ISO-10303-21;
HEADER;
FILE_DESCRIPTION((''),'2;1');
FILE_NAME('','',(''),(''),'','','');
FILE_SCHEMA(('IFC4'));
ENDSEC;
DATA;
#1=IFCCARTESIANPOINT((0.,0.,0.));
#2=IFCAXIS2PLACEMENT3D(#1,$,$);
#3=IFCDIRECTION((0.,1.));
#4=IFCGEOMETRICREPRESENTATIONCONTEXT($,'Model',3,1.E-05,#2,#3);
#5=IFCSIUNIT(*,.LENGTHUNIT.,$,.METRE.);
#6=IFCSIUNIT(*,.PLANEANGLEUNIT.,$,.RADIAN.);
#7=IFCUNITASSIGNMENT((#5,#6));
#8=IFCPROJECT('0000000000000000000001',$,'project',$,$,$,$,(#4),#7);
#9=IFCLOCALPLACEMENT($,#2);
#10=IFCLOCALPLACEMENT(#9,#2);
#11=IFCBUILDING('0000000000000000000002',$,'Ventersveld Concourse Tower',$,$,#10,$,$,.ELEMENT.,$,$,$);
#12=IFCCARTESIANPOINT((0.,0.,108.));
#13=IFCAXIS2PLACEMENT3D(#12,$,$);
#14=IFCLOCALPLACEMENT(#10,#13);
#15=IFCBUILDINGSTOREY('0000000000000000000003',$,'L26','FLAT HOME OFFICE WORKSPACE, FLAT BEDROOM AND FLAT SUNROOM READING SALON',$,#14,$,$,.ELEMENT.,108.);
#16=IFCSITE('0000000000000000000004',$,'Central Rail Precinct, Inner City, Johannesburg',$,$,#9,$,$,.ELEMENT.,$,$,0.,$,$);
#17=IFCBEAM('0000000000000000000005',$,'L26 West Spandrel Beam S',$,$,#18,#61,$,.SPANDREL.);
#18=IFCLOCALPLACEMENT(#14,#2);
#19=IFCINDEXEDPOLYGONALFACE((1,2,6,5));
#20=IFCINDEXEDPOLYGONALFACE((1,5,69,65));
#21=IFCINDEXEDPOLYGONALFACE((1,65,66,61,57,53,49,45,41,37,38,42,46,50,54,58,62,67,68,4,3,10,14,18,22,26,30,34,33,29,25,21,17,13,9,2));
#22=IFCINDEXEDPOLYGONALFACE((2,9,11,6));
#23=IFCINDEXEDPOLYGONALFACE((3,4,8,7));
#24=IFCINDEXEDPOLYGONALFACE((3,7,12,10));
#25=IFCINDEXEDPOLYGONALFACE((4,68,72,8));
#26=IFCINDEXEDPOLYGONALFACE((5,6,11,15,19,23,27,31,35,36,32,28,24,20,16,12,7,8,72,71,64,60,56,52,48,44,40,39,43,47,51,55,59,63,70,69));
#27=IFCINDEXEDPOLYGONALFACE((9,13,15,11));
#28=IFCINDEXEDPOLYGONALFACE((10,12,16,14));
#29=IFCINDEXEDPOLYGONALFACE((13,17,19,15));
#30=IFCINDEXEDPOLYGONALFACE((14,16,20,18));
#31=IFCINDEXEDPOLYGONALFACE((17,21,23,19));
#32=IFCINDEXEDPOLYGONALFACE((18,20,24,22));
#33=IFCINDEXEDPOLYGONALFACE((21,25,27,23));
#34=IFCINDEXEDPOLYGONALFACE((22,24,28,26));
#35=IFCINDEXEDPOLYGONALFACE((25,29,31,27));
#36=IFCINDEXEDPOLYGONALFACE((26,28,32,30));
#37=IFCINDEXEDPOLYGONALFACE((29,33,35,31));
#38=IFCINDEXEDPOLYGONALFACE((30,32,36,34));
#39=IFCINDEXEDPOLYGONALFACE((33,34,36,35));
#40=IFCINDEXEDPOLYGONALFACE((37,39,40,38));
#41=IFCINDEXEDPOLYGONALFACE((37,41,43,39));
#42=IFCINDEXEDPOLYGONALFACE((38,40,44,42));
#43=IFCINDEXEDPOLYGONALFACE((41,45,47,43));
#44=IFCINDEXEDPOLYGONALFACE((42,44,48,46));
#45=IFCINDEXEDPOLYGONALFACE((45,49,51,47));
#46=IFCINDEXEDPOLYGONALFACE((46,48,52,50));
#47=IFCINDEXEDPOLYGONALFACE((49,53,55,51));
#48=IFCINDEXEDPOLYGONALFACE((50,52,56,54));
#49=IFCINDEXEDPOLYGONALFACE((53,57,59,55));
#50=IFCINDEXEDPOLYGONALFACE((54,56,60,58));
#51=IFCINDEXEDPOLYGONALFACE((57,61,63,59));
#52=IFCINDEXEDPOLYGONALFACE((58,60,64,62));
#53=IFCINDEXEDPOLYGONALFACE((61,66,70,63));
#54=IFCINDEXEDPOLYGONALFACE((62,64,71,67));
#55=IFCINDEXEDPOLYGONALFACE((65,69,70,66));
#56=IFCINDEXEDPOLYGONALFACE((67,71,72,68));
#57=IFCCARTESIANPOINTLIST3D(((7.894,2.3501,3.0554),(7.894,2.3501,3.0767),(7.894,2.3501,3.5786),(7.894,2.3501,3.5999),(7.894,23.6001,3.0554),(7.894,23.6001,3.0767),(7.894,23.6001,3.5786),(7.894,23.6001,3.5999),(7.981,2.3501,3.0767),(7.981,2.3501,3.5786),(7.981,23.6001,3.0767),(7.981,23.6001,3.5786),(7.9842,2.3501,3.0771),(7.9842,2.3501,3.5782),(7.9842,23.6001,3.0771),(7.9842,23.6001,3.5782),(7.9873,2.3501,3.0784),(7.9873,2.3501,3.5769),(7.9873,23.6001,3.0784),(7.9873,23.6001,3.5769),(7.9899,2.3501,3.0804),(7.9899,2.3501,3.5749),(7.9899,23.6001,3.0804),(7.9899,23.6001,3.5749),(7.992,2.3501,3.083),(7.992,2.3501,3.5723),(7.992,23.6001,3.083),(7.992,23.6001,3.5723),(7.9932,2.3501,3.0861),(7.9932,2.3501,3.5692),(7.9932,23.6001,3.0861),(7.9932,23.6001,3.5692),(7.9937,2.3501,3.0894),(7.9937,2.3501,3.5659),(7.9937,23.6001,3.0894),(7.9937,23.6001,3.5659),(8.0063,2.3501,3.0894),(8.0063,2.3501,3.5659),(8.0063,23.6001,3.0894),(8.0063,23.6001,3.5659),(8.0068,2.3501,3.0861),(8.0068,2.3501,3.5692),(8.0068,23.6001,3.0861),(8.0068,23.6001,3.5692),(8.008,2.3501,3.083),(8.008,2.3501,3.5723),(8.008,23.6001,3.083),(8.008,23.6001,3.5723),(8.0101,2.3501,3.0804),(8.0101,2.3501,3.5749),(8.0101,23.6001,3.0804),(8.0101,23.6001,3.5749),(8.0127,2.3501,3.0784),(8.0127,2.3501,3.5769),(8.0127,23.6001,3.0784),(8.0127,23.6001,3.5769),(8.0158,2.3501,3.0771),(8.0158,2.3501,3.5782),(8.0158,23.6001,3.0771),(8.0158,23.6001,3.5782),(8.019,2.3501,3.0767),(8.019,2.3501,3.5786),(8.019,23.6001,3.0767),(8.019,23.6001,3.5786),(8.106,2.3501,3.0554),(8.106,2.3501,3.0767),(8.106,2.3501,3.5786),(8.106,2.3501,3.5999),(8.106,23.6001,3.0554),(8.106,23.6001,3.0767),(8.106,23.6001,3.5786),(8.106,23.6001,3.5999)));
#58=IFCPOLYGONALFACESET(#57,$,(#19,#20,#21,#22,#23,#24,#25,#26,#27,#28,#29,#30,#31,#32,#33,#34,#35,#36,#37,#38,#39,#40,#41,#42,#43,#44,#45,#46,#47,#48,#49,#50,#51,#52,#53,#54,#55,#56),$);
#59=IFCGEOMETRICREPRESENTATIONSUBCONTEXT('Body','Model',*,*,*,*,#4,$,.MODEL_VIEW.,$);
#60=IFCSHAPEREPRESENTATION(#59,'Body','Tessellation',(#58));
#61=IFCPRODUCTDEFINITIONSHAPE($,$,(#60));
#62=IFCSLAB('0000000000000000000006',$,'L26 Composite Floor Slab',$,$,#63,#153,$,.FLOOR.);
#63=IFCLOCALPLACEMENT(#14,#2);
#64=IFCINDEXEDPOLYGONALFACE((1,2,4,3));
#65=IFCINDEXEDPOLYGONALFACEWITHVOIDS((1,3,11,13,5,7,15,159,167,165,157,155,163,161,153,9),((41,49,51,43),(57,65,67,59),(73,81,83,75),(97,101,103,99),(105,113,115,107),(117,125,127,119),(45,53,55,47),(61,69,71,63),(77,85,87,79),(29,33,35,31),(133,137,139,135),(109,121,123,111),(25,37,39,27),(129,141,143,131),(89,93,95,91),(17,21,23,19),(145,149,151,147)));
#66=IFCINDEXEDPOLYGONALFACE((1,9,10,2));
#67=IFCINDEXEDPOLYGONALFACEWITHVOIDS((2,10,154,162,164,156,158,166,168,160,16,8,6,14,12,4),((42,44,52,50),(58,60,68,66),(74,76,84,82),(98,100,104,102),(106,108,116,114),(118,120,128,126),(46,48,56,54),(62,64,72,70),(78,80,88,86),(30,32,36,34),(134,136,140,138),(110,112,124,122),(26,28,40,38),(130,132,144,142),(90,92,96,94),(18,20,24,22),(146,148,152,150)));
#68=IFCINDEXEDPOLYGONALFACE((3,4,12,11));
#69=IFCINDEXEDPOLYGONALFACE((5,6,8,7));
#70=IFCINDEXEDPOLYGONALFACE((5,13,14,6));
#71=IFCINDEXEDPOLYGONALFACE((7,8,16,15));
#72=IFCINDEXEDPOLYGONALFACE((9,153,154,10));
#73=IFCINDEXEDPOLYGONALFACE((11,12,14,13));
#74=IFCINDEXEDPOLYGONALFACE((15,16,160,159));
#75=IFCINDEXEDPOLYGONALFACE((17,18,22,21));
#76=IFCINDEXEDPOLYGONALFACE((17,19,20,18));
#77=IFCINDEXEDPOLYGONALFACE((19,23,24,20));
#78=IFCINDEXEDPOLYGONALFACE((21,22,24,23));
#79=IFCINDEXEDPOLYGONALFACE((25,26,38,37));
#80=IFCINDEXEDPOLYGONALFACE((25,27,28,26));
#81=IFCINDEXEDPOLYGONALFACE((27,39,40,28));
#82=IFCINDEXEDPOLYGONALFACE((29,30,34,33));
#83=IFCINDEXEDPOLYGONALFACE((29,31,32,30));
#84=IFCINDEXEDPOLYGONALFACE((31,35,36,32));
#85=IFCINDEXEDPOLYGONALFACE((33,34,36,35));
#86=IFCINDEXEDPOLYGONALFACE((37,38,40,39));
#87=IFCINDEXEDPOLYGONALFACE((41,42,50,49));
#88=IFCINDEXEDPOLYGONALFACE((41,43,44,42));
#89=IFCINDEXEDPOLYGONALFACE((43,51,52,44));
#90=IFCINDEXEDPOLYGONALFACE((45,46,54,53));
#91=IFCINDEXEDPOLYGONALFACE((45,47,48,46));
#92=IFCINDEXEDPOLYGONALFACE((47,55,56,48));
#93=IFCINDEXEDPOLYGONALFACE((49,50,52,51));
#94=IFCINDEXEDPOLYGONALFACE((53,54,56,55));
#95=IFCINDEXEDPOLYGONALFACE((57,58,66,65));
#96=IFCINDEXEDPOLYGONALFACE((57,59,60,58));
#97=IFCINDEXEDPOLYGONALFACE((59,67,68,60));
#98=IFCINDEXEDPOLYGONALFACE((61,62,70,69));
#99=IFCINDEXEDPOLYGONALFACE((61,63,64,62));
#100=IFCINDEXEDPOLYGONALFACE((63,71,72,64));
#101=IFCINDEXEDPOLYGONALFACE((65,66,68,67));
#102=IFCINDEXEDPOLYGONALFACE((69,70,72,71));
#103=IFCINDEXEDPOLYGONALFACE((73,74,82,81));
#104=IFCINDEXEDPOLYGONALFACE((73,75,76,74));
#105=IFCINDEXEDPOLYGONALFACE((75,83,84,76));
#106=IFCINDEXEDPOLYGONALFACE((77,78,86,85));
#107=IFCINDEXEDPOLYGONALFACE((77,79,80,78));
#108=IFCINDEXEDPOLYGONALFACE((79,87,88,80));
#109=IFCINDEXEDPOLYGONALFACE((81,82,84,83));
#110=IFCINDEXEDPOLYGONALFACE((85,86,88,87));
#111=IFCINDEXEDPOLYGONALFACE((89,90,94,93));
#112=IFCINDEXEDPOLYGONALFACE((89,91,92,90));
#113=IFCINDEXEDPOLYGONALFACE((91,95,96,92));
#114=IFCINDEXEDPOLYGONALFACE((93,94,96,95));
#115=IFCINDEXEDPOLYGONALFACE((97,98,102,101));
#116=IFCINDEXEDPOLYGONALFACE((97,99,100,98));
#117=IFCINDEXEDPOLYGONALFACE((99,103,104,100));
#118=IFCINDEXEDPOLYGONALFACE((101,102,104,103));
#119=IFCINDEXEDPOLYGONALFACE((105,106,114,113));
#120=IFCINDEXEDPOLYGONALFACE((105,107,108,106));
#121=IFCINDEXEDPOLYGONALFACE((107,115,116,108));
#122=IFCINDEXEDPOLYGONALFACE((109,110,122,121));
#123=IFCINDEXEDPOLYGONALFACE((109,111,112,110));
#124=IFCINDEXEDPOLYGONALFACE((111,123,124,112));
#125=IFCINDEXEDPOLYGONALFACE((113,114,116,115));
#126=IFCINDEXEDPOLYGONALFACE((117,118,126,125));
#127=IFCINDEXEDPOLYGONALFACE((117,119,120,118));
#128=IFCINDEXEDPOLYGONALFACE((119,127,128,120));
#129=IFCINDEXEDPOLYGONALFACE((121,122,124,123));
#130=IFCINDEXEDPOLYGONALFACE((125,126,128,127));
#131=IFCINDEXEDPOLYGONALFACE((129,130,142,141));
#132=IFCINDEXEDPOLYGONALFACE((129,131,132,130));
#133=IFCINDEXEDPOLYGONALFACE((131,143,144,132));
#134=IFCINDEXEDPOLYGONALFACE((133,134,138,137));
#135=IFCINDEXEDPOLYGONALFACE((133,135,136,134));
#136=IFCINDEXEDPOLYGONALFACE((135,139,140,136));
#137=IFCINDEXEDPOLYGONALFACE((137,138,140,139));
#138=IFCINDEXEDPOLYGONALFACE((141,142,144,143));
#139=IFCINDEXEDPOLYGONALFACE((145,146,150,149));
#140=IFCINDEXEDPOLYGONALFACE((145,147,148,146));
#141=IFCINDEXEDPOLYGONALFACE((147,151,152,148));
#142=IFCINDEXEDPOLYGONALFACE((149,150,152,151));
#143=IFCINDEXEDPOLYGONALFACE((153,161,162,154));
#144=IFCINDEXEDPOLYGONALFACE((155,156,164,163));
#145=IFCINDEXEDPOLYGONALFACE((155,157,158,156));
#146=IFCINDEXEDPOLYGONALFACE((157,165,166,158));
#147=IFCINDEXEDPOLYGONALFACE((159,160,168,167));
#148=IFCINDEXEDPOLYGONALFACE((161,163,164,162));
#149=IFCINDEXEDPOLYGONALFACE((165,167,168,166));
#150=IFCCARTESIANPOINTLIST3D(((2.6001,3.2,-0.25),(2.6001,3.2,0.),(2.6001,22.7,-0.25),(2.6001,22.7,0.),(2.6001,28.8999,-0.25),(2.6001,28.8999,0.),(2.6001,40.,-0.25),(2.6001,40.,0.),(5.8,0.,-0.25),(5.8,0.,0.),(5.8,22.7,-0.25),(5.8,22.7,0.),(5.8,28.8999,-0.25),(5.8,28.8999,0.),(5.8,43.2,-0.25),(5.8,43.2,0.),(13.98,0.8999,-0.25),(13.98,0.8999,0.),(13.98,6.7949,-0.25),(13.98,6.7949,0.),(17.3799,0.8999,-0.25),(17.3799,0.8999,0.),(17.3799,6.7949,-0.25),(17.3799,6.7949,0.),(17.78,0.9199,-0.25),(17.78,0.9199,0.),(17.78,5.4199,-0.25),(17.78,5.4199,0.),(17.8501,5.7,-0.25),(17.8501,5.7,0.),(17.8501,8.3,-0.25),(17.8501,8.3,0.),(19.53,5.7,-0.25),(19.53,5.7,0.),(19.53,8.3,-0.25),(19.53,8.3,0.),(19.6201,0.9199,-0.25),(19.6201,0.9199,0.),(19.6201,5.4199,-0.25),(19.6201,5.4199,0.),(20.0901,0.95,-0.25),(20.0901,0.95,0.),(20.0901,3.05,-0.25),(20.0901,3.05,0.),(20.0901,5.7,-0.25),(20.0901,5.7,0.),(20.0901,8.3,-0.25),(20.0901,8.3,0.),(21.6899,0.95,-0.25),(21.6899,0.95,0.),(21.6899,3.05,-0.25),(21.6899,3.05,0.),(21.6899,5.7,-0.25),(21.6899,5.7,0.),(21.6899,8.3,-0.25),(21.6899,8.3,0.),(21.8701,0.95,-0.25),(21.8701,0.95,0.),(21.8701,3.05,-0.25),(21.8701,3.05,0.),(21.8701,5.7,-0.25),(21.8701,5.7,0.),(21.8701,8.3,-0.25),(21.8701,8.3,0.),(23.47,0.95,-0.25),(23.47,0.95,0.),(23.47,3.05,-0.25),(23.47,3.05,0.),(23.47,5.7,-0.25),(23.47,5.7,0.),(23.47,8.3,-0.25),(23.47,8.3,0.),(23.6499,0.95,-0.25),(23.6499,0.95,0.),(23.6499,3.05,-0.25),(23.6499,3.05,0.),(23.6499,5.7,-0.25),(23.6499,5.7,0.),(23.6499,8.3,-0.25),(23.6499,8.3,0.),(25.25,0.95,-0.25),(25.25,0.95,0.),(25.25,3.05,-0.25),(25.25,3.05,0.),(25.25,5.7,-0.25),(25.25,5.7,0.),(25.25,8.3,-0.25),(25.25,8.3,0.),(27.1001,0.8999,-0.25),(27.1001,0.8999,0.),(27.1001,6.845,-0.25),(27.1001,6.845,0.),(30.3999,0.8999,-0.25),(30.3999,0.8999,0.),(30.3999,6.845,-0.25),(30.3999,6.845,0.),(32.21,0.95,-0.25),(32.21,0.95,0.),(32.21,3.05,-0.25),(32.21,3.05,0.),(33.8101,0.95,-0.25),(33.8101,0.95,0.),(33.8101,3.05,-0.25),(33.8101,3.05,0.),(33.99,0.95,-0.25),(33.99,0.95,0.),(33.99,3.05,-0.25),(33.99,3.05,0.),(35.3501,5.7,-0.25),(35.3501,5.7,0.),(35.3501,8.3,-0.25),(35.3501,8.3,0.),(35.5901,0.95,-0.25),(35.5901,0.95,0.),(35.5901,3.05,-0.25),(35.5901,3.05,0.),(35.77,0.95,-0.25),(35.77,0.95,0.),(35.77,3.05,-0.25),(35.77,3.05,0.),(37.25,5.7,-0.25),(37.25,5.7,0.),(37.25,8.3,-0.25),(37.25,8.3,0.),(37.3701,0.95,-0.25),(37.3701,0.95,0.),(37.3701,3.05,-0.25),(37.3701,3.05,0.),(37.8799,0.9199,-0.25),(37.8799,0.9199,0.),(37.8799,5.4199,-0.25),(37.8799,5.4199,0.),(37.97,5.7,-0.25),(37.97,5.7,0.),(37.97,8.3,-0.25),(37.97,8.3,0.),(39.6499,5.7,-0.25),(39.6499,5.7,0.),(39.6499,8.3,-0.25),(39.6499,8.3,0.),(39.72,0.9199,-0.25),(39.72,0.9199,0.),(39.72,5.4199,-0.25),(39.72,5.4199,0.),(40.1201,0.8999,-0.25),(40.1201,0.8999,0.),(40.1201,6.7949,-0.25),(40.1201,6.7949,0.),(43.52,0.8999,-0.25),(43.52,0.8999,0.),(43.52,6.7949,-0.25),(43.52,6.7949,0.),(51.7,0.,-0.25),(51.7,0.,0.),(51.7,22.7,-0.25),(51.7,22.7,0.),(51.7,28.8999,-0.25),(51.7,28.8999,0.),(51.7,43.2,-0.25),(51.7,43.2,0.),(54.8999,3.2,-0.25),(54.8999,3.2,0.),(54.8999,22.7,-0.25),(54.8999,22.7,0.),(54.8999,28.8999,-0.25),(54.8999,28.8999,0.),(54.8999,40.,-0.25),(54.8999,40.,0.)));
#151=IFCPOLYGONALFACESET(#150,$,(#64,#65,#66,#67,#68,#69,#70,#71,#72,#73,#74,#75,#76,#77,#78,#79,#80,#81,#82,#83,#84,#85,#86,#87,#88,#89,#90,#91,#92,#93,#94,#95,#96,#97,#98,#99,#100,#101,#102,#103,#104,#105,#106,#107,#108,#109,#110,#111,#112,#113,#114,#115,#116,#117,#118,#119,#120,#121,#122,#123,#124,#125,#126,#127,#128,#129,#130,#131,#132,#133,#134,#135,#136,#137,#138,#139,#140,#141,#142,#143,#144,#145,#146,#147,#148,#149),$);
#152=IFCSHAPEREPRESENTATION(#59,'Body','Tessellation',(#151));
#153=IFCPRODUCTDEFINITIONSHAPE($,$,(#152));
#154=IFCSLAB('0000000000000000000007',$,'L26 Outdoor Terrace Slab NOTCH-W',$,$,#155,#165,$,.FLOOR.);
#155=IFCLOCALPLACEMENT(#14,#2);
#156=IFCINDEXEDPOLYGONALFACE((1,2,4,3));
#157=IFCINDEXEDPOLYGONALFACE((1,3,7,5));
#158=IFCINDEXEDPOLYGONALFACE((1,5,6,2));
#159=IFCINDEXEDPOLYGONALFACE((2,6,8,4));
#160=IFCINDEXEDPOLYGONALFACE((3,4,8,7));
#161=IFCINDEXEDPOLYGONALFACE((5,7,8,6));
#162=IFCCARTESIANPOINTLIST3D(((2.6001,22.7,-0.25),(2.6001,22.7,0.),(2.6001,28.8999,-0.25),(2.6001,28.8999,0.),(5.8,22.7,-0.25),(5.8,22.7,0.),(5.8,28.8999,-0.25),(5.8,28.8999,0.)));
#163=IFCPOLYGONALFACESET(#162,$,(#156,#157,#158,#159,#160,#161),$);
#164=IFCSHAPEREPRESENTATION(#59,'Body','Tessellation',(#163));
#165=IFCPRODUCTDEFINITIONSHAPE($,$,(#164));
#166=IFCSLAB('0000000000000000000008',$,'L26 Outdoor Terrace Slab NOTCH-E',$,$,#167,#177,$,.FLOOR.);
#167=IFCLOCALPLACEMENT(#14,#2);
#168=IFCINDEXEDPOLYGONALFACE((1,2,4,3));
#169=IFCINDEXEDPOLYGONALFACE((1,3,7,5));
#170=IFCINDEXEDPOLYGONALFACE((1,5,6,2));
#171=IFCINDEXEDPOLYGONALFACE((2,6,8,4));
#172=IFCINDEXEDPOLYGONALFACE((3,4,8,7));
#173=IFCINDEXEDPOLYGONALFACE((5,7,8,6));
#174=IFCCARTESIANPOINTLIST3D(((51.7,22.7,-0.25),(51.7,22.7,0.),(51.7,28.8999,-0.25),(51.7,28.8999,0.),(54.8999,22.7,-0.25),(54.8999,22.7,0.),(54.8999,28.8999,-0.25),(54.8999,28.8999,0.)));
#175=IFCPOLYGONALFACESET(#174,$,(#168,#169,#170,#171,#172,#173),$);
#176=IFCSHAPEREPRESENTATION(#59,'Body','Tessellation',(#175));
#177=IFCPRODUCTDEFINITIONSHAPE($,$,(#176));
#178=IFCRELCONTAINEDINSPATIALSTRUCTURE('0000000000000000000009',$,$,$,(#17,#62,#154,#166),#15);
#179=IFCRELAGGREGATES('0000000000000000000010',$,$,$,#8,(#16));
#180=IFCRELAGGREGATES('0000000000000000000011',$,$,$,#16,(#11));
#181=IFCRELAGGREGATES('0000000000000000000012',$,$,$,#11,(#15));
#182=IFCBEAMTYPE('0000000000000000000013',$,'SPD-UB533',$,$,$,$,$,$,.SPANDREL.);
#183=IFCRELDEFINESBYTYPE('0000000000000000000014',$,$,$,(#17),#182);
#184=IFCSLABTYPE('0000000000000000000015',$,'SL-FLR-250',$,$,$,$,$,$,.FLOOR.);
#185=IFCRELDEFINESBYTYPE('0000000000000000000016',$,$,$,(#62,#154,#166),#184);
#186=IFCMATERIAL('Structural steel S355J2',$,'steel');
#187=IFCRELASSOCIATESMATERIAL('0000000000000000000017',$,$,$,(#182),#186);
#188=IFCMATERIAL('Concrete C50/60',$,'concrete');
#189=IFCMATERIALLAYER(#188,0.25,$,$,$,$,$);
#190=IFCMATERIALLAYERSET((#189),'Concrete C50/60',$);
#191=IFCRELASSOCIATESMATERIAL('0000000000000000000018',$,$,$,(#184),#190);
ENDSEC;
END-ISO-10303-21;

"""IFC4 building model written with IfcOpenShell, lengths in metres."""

from ifc_helpers import new_model, si_unit, direction, frame, origin, origin_2d, place, context, subcontext, project, spatial, polyline, i_section, outline, extrude, material, layer, layer_set, material_profile, profile_set, type_object, element, save


model = new_model("IFC4")

# Units and contexts
model_context = context("Model", 3, precision=1e-05, world=origin(), true_north=direction((0.0, 1.0)))
body_context = subcontext(model_context, "Body", "Model", "MODEL_VIEW")
ifc_project = project(units=[si_unit("LENGTHUNIT", "METRE"), si_unit("PLANEANGLEUNIT", "RADIAN")], contexts=[model_context])

# Site, building, storey
site_placement = place(None, origin())
site = spatial("IfcSite", under=ifc_project, at=site_placement, Name="Central Rail Precinct, Inner City, Johannesburg", CompositionType="ELEMENT", RefElevation=0.0)
building_placement = place(site_placement, origin())
building = spatial("IfcBuilding", under=site, at=building_placement, Name="Ventersveld Concourse Tower", CompositionType="ELEMENT")
storey_placement = place(building_placement, frame((0.0, 0.0, 108.0)))
storey = spatial("IfcBuildingStorey", under=building, at=storey_placement, Name="L26", Description="FLAT HOME OFFICE WORKSPACE, FLAT BEDROOM AND FLAT SUNROOM READING SALON", CompositionType="ELEMENT", Elevation=108.0)

# Shared definitions
ifc_material_1 = material(Name="Concrete C50/60", Category="concrete")

# Shared definitions
ifc_material_2 = material(Name="Structural steel S355J2", Category="steel")

# Beam
ifc_material_profile_1 = material_profile(ifc_material_2, i_section(OverallWidth=0.2119, OverallDepth=0.5444, WebThickness=0.0127, FlangeThickness=0.0212, FilletRadius=0.0127, at=origin_2d()), Name="UB 533x210x122")
ifc_profile_set_1 = profile_set([ifc_material_profile_1], Name="Structural steel S355J2")
beam_type_1 = type_object("IfcBeamType", Name="SPD-UB533", PredefinedType="SPANDREL", material=ifc_profile_set_1)
beam_1_placement = place(storey_placement, frame((8.0, 2.3501, 3.3276), z_axis=(0.0, 1.0, 0.0), x_axis=(-1.0, 0.0, 0.0)))
element("IfcBeam", 1, at=beam_1_placement, inside=storey, type_object=beam_type_1, Name="L26 West Spandrel Beam S", PredefinedType="SPANDREL", context=body_context, shape_type="SweptSolid", body=[
    extrude(i_section(OverallWidth=0.2119, OverallDepth=0.5444, WebThickness=0.0127, FlangeThickness=0.0212, FilletRadius=0.0127, at=origin_2d()), origin(), (0.0, 0.0, 1.0), 21.25),
])

# Slabs
ifc_layer_1 = layer(ifc_material_1, 0.25)
ifc_layer_set_1 = layer_set([ifc_layer_1], Name="Concrete C50/60")
slab_type_1 = type_object("IfcSlabType", Name="SL-FLR-250", PredefinedType="FLOOR", material=ifc_layer_set_1)
slab_1_placement = place(storey_placement, frame((0.0, 0.0, -0.25)))
element("IfcSlab", 2, at=slab_1_placement, inside=storey, type_object=slab_type_1, Name="L26 Composite Floor Slab", PredefinedType="FLOOR", context=body_context, shape_type="SweptSolid", body=[
    extrude(outline(polyline([(5.8, 0.0), (51.7, 0.0), (54.8999, 3.2), (54.8999, 22.7), (51.7, 22.7), (51.7, 28.8999), (54.8999, 28.8999), (54.8999, 40.0), (51.7, 43.2), (5.8, 43.2), (2.6001, 40.0), (2.6001, 28.8999), (5.8, 28.8999), (5.8, 22.7), (2.6001, 22.7), (2.6001, 3.2), (5.8, 0.0)]), holes=[polyline([(13.98, 6.7949), (13.98, 0.8999), (17.3799, 0.8999), (17.3799, 6.7949), (13.98, 6.7949)]), polyline([(40.1201, 6.7949), (40.1201, 0.8999), (43.52, 0.8999), (43.52, 6.7949), (40.1201, 6.7949)]), polyline([(27.1001, 6.845), (27.1001, 0.8999), (30.3999, 0.8999), (30.3999, 6.845), (27.1001, 6.845)]), polyline([(17.8501, 5.7), (19.53, 5.7), (19.53, 8.3), (17.8501, 8.3), (17.8501, 5.7)]), polyline([(37.97, 5.7), (39.6499, 5.7), (39.6499, 8.3), (37.97, 8.3), (37.97, 5.7)]), polyline([(35.3501, 5.7), (37.25, 5.7), (37.25, 8.3), (35.3501, 8.3), (35.3501, 5.7)]), polyline([(20.0901, 0.95), (21.6899, 0.95), (21.6899, 3.05), (20.0901, 3.05), (20.0901, 0.95)]), polyline([(21.8701, 0.95), (23.47, 0.95), (23.47, 3.05), (21.8701, 3.05), (21.8701, 0.95)]), polyline([(23.6499, 0.95), (25.25, 0.95), (25.25, 3.05), (23.6499, 3.05), (23.6499, 0.95)]), polyline([(32.21, 0.95), (33.8101, 0.95), (33.8101, 3.05), (32.21, 3.05), (32.21, 0.95)]), polyline([(33.99, 0.95), (35.5901, 0.95), (35.5901, 3.05), (33.99, 3.05), (33.99, 0.95)]), polyline([(35.77, 0.95), (37.3701, 0.95), (37.3701, 3.05), (35.77, 3.05), (35.77, 0.95)]), polyline([(20.0901, 5.7), (21.6899, 5.7), (21.6899, 8.3), (20.0901, 8.3), (20.0901, 5.7)]), polyline([(21.8701, 5.7), (23.47, 5.7), (23.47, 8.3), (21.8701, 8.3), (21.8701, 5.7)]), polyline([(23.6499, 5.7), (25.25, 5.7), (25.25, 8.3), (23.6499, 8.3), (23.6499, 5.7)]), polyline([(17.78, 0.9199), (19.6201, 0.9199), (19.6201, 5.4199), (17.78, 5.4199), (17.78, 0.9199)]), polyline([(37.8799, 0.9199), (39.72, 0.9199), (39.72, 5.4199), (37.8799, 5.4199), (37.8799, 0.9199)])]), origin(), (0.0, 0.0, 1.0), 0.25),
])
slab_2_placement = place(storey_placement, frame((0.0, 0.0, -0.25)))
element("IfcSlab", 3, at=slab_2_placement, inside=storey, type_object=slab_type_1, Name="L26 Outdoor Terrace Slab NOTCH-W", PredefinedType="FLOOR", context=body_context, shape_type="SweptSolid", body=[
    extrude(outline(polyline([(2.6001, 22.7), (5.8, 22.7), (5.8, 28.8999), (2.6001, 28.8999), (2.6001, 22.7)])), origin(), (0.0, 0.0, 1.0), 0.25),
])
slab_3_placement = place(storey_placement, frame((0.0, 0.0, -0.25)))
element("IfcSlab", 4, at=slab_3_placement, inside=storey, type_object=slab_type_1, Name="L26 Outdoor Terrace Slab NOTCH-E", PredefinedType="FLOOR", context=body_context, shape_type="SweptSolid", body=[
    extrude(outline(polyline([(51.7, 22.7), (54.8999, 22.7), (54.8999, 28.8999), (51.7, 28.8999), (51.7, 22.7)])), origin(), (0.0, 0.0, 1.0), 0.25),
])

save(model, "model.ifc")
